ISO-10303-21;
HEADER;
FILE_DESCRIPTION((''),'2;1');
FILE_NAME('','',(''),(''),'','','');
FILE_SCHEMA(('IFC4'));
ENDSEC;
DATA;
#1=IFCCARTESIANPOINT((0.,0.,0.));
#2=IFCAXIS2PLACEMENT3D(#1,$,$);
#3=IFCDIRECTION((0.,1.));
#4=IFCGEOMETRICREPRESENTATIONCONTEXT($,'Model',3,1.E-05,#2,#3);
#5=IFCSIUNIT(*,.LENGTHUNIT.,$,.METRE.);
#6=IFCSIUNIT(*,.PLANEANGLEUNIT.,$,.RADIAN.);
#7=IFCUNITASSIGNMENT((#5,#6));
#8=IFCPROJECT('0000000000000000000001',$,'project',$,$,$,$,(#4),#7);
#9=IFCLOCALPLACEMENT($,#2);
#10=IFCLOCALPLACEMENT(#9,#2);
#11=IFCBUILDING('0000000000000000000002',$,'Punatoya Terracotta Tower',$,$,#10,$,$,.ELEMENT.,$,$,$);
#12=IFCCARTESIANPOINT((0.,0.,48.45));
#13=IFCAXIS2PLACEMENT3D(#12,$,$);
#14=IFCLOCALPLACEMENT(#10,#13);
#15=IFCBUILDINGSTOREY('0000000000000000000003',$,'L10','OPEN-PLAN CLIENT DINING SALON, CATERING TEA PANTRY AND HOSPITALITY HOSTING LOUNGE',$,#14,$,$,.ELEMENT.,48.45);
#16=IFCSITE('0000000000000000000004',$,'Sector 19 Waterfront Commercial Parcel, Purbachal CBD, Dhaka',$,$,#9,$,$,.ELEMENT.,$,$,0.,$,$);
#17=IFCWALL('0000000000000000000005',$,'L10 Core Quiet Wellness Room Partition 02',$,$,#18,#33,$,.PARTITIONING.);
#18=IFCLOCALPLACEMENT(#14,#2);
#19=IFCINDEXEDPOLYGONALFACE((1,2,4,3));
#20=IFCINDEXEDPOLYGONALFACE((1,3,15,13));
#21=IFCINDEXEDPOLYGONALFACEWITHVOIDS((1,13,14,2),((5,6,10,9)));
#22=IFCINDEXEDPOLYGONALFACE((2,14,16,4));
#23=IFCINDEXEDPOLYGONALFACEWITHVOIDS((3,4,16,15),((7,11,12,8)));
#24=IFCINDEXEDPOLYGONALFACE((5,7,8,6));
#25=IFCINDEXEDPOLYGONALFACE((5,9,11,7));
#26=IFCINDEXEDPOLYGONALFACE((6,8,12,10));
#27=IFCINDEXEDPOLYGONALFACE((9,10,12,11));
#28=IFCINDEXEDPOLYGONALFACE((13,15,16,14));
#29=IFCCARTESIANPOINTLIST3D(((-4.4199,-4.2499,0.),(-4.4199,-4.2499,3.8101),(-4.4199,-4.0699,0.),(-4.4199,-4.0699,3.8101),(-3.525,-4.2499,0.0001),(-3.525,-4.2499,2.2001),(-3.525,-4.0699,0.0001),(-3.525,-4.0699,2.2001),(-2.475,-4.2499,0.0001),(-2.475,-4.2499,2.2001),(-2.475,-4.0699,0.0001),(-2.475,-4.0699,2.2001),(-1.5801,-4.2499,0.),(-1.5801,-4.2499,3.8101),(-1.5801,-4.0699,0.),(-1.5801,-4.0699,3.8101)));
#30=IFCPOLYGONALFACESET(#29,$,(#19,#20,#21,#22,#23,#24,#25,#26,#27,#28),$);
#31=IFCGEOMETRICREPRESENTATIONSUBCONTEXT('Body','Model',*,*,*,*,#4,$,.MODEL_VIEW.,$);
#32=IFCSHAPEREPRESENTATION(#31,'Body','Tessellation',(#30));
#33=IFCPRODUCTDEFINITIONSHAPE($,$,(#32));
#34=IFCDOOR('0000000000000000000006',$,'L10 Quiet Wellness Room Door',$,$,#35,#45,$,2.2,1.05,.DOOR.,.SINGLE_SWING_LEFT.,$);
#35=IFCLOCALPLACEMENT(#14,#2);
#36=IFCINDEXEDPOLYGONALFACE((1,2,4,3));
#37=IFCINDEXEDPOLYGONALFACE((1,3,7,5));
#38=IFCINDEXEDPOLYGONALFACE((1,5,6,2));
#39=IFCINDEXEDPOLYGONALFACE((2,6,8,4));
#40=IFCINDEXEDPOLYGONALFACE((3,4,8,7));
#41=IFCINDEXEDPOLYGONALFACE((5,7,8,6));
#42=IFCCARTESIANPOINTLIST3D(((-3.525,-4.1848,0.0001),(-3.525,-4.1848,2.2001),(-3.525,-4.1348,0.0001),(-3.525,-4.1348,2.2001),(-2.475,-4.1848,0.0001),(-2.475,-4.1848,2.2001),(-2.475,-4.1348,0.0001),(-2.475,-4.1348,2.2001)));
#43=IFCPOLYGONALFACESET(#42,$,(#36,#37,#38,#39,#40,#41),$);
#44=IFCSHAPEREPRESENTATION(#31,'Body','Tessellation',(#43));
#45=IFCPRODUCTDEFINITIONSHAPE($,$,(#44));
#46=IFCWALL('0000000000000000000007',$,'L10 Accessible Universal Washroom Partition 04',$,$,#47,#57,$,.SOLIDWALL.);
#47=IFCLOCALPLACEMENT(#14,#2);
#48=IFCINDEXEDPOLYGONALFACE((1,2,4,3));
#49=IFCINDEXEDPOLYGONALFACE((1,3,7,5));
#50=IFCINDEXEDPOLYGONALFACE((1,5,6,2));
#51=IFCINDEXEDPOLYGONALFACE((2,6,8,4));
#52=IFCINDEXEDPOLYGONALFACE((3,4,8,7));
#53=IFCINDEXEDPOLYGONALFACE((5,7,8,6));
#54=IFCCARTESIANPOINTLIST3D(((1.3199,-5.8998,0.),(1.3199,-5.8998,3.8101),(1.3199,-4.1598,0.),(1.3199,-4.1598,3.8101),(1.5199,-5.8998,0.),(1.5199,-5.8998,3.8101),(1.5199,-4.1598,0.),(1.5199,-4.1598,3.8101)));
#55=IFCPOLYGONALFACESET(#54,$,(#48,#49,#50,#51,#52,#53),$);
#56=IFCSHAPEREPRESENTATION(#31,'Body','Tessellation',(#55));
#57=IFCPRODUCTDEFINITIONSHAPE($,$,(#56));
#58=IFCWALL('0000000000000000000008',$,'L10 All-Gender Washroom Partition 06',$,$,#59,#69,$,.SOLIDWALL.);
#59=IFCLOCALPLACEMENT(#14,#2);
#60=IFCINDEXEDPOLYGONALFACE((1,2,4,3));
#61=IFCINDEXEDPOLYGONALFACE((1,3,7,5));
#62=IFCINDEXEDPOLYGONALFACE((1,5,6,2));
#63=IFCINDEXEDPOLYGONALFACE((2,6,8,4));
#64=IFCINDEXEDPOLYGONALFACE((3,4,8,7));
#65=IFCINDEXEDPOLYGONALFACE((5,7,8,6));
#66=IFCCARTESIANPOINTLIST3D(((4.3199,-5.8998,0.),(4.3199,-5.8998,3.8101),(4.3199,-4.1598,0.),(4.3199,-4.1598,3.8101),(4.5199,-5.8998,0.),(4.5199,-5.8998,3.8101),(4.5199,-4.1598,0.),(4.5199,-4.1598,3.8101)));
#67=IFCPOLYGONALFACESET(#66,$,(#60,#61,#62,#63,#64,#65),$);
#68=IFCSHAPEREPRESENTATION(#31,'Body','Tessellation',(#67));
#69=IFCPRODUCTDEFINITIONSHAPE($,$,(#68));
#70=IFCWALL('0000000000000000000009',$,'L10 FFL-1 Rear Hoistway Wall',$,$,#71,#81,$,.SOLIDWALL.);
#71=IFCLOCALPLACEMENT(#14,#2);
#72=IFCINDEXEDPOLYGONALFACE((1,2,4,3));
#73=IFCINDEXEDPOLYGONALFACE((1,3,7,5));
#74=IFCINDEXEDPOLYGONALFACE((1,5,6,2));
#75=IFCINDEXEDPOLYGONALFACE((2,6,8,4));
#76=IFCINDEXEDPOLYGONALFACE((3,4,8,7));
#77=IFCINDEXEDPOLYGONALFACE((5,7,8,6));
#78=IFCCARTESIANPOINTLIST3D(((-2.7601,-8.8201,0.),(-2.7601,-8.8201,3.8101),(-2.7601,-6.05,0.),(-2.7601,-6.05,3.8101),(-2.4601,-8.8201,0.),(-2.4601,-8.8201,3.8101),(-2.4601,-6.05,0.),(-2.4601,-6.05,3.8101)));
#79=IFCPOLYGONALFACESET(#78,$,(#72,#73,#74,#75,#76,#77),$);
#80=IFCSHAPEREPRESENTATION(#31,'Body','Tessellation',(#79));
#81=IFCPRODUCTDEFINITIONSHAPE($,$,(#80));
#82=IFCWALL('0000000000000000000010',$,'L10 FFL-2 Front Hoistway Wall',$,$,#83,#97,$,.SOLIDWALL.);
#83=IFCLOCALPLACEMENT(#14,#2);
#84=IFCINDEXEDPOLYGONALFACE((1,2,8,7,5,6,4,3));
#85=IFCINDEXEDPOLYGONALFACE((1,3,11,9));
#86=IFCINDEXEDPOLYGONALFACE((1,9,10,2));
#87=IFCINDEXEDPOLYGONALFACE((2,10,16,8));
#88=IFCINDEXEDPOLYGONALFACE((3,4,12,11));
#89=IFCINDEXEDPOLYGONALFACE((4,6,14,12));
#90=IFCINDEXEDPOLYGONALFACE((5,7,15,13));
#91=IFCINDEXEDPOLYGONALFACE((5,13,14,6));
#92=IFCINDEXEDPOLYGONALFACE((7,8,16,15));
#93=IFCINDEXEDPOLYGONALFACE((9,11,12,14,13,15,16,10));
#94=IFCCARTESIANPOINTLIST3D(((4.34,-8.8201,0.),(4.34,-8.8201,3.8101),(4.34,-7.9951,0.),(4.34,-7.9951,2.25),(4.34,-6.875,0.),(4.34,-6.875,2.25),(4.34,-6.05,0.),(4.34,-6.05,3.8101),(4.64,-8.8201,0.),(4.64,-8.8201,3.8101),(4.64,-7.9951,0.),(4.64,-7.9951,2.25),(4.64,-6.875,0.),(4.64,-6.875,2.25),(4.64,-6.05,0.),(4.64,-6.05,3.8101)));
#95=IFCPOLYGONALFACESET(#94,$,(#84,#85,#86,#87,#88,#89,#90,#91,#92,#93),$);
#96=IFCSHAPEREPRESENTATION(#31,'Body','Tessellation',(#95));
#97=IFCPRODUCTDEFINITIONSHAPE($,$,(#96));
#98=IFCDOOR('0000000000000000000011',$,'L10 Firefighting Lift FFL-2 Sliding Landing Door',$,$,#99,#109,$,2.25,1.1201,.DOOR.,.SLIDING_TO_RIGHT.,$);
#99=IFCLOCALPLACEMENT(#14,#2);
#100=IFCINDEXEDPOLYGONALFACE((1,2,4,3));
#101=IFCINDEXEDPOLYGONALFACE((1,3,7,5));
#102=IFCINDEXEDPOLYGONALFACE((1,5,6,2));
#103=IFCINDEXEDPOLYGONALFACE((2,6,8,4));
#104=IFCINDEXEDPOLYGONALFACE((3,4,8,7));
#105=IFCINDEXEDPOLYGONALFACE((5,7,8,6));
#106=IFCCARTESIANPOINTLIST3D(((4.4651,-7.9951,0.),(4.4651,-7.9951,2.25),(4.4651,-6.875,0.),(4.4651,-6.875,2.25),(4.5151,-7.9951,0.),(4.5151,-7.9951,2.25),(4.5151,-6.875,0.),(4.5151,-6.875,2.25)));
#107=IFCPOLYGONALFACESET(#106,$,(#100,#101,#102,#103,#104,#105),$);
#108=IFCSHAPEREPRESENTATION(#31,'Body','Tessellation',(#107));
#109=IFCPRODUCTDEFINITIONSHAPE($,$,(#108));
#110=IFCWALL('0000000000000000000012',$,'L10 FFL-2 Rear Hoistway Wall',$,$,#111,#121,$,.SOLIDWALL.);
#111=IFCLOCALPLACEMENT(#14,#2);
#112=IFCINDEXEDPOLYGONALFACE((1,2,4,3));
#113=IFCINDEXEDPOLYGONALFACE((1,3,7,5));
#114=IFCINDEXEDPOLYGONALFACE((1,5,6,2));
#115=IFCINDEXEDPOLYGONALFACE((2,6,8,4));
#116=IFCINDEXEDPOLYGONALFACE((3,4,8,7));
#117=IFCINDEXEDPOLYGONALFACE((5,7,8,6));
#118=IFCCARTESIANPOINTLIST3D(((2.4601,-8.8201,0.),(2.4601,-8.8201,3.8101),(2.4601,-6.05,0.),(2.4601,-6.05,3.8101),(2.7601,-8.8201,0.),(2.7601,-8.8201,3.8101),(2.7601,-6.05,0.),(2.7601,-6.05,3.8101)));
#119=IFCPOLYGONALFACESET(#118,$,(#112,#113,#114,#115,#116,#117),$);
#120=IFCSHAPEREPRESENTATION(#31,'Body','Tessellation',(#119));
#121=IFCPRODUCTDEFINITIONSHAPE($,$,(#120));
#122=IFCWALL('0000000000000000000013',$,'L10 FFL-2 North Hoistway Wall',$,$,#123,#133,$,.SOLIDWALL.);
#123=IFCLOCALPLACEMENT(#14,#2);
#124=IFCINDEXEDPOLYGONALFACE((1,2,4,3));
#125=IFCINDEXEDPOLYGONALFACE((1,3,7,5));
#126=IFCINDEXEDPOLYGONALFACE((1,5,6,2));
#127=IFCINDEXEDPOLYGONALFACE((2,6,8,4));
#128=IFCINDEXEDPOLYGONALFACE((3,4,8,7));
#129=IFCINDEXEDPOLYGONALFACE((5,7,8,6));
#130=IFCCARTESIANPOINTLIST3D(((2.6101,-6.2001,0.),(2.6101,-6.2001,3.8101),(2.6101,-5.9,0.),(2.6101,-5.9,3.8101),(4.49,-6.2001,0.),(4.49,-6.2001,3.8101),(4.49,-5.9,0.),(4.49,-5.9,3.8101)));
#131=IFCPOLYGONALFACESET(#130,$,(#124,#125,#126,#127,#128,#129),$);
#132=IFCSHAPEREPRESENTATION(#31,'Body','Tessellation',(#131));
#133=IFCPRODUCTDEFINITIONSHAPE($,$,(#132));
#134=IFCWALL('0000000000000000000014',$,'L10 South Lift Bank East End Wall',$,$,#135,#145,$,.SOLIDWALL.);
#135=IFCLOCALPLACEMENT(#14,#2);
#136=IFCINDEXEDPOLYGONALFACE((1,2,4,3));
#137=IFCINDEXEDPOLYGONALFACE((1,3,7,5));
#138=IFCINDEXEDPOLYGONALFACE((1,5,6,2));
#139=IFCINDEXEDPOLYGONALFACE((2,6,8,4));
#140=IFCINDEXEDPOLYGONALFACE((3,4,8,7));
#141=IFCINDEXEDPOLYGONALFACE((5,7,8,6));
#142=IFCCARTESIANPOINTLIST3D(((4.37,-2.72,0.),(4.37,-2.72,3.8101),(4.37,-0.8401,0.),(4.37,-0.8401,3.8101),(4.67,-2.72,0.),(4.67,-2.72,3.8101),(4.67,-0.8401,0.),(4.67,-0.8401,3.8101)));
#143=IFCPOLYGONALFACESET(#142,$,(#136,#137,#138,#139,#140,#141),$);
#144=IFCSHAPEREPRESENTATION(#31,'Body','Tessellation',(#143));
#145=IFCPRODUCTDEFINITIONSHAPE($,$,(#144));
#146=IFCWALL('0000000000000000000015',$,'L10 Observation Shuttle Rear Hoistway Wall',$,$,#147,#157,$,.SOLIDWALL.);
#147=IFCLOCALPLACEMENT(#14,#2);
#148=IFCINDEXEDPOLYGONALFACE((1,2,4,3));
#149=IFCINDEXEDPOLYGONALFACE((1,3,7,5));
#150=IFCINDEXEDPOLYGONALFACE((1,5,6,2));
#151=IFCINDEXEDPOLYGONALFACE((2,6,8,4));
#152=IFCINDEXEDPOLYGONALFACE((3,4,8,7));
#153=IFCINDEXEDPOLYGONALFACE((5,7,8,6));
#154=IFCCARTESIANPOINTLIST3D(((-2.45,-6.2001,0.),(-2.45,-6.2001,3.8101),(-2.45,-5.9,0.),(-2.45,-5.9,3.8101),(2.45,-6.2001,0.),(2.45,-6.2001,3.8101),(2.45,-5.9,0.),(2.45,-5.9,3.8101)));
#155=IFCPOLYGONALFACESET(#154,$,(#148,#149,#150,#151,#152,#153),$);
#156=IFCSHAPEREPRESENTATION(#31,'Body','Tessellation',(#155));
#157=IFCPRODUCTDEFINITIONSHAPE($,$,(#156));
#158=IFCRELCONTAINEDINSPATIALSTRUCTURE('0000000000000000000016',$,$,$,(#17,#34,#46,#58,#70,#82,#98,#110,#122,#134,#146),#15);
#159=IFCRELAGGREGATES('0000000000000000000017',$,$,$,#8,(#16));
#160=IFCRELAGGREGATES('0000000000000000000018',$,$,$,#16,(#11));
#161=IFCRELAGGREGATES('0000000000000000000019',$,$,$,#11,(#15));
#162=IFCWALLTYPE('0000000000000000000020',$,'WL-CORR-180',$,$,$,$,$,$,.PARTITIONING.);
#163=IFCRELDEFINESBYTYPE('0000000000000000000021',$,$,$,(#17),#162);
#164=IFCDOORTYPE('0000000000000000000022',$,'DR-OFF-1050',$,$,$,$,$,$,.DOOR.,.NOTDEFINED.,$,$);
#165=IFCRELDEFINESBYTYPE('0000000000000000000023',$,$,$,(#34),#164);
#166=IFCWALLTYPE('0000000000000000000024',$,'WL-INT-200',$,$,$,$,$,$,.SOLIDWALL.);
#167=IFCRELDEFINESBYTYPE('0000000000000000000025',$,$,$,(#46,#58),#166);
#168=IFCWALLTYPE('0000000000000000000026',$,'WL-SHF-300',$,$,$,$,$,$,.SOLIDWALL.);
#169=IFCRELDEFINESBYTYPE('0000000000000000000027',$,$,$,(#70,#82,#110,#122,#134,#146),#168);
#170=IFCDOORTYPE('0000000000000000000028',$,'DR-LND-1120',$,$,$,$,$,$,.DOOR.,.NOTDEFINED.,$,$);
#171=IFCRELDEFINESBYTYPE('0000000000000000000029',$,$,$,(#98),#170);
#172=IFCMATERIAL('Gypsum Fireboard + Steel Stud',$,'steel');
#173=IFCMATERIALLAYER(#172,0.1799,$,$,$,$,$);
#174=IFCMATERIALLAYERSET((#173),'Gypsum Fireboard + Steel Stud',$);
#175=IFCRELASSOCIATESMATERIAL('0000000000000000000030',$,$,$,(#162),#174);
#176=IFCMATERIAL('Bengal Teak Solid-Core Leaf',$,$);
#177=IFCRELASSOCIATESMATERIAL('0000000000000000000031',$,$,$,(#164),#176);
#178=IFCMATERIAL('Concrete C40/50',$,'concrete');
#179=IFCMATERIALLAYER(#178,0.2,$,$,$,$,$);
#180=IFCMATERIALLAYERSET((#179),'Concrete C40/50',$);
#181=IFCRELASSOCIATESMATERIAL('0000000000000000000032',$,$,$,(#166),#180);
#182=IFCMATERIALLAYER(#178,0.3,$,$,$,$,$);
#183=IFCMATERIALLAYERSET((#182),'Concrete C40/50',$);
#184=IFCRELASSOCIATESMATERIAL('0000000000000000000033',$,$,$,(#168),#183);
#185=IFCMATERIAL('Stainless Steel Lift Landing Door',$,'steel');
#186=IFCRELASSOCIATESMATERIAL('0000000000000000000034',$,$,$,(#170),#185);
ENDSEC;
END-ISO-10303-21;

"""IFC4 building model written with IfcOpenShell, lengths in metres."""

from ifc_helpers import new_model, si_unit, direction, frame, frame_2d, origin, place, context, subcontext, project, spatial, rectangle, extrude, material, layer, layer_set, type_object, element, fill, save


model = new_model("IFC4")

# Units and contexts
model_context = context("Model", 3, precision=1e-05, world=origin(), true_north=direction((0.0, 1.0)))
body_context = subcontext(model_context, "Body", "Model", "MODEL_VIEW")
ifc_project = project(units=[si_unit("LENGTHUNIT", "METRE"), si_unit("PLANEANGLEUNIT", "RADIAN")], contexts=[model_context])

# Site, building, storey
site_placement = place(None, origin())
site = spatial("IfcSite", under=ifc_project, at=site_placement, Name="Sector 19 Waterfront Commercial Parcel, Purbachal CBD, Dhaka", CompositionType="ELEMENT", RefElevation=0.0)
building_placement = place(site_placement, origin())
building = spatial("IfcBuilding", under=site, at=building_placement, Name="Punatoya Terracotta Tower", CompositionType="ELEMENT")
storey_placement = place(building_placement, frame((0.0, 0.0, 48.45)))
storey = spatial("IfcBuildingStorey", under=building, at=storey_placement, Name="L10", Description="OPEN-PLAN CLIENT DINING SALON, CATERING TEA PANTRY AND HOSPITALITY HOSTING LOUNGE", CompositionType="ELEMENT", Elevation=48.45)

# Shared definitions
ifc_material_1 = material(Name="Concrete C40/50", Category="concrete")

# Shared definitions
ifc_material_2 = material(Name="Gypsum Fireboard + Steel Stud", Category="steel")
ifc_layer_1 = layer(ifc_material_2, 0.1799)
ifc_layer_set_1 = layer_set([ifc_layer_1], Name="Gypsum Fireboard + Steel Stud")
wall_type_1 = type_object("IfcWallType", Name="WL-CORR-180", PredefinedType="PARTITIONING", material=ifc_layer_set_1)

# Wall, opening, door
wall_1_placement = place(storey_placement, frame((-1.5801, -4.1599, 0.0), z_axis=(0.0, 0.0, 1.0), x_axis=(-1.0, 0.0, 0.0)))
wall_1 = element("IfcWall", 1, at=wall_1_placement, inside=storey, type_object=wall_type_1, Name="L10 Core Quiet Wellness Room Partition 02", PredefinedType="PARTITIONING", context=body_context, shape_type="SweptSolid", body=[
    extrude(rectangle(XDim=2.8398, YDim=0.1799, at=frame_2d((1.4199, 0.0))), origin(), (0.0, 0.0, 1.0), 3.8101),
])
opening_1_placement = place(wall_1_placement, frame((0.895, 0.0, 0.0)))
opening_1 = element("IfcOpeningElement", 2, at=opening_1_placement, cuts=wall_1, PredefinedType="OPENING", context=body_context, shape_type="SweptSolid", body=[
    extrude(rectangle(XDim=1.05, YDim=2.2, at=frame_2d((0.5249, 1.1001))), frame((0.0, 0.0999, 0.0), z_axis=(0.0, -1.0, 0.0), x_axis=(1.0, 0.0, 0.0)), (0.0, 0.0, 1.0), 0.2),
])
ifc_material_3 = material(Name="Bengal Teak Solid-Core Leaf")
door_type_1 = type_object("IfcDoorType", Name="DR-OFF-1050", OperationType="NOTDEFINED", PredefinedType="DOOR", material=ifc_material_3)
door_1_placement = place(opening_1_placement, origin())
door_1 = element("IfcDoor", 3, at=door_1_placement, inside=storey, type_object=door_type_1, Name="L10 Quiet Wellness Room Door", OperationType="SINGLE_SWING_LEFT", OverallHeight=2.2, OverallWidth=1.05, PredefinedType="DOOR", context=body_context, shape_type="SweptSolid", body=[
    extrude(rectangle(XDim=1.05, YDim=2.2, at=frame_2d((0.5249, 1.1001))), frame((0.0, 0.0249, 0.0), z_axis=(0.0, -1.0, 0.0), x_axis=(1.0, 0.0, 0.0)), (0.0, 0.0, 1.0), 0.05),
])
fill(opening_1, door_1)

# Wall
ifc_layer_2 = layer(ifc_material_1, 0.2)
ifc_layer_set_2 = layer_set([ifc_layer_2], Name="Concrete C40/50")
wall_type_2 = type_object("IfcWallType", Name="WL-INT-200", PredefinedType="SOLIDWALL", material=ifc_layer_set_2)
wall_2_placement = place(storey_placement, frame((1.4199, -5.8999, 0.0), z_axis=(0.0, 0.0, 1.0), x_axis=(0.0, 1.0, 0.0)))
element("IfcWall", 4, at=wall_2_placement, inside=storey, type_object=wall_type_2, Name="L10 Accessible Universal Washroom Partition 04", PredefinedType="SOLIDWALL", context=body_context, shape_type="SweptSolid", body=[
    extrude(rectangle(XDim=1.74, YDim=0.2, at=frame_2d((0.8701, 0.0))), origin(), (0.0, 0.0, 1.0), 3.8101),
])

# Wall
wall_3_placement = place(storey_placement, frame((4.4199, -5.8999, 0.0), z_axis=(0.0, 0.0, 1.0), x_axis=(0.0, 1.0, 0.0)))
element("IfcWall", 5, at=wall_3_placement, inside=storey, type_object=wall_type_2, Name="L10 All-Gender Washroom Partition 06", PredefinedType="SOLIDWALL", context=body_context, shape_type="SweptSolid", body=[
    extrude(rectangle(XDim=1.74, YDim=0.2, at=frame_2d((0.8701, 0.0))), origin(), (0.0, 0.0, 1.0), 3.8101),
])

# Wall
ifc_layer_3 = layer(ifc_material_1, 0.3)
ifc_layer_set_3 = layer_set([ifc_layer_3], Name="Concrete C40/50")
wall_type_3 = type_object("IfcWallType", Name="WL-SHF-300", PredefinedType="SOLIDWALL", material=ifc_layer_set_3)
wall_4_placement = place(storey_placement, frame((-2.6101, -8.8201, 0.0), z_axis=(0.0, 0.0, 1.0), x_axis=(0.0, 1.0, 0.0)))
element("IfcWall", 6, at=wall_4_placement, inside=storey, type_object=wall_type_3, Name="L10 FFL-1 Rear Hoistway Wall", PredefinedType="SOLIDWALL", context=body_context, shape_type="SweptSolid", body=[
    extrude(rectangle(XDim=2.77, YDim=0.3, at=frame_2d((1.385, 0.0))), origin(), (0.0, 0.0, 1.0), 3.8101),
])

# Wall, opening, door
wall_5_placement = place(storey_placement, frame((4.49, -8.8201, 0.0), z_axis=(0.0, 0.0, 1.0), x_axis=(0.0, 1.0, 0.0)))
wall_5 = element("IfcWall", 7, at=wall_5_placement, inside=storey, type_object=wall_type_3, Name="L10 FFL-2 Front Hoistway Wall", PredefinedType="SOLIDWALL", context=body_context, shape_type="SweptSolid", body=[
    extrude(rectangle(XDim=2.77, YDim=0.3, at=frame_2d((1.385, 0.0))), origin(), (0.0, 0.0, 1.0), 3.8101),
])
opening_2_placement = place(wall_5_placement, frame((0.825, 0.0, 0.0)))
opening_2 = element("IfcOpeningElement", 8, at=opening_2_placement, cuts=wall_5, PredefinedType="OPENING", context=body_context, shape_type="SweptSolid", body=[
    extrude(rectangle(XDim=1.1201, YDim=2.25, at=frame_2d((0.5601, 1.125))), frame((0.0, 0.1599, 0.0), z_axis=(0.0, -1.0, 0.0), x_axis=(1.0, 0.0, 0.0)), (0.0, 0.0, 1.0), 0.3201),
])
ifc_material_4 = material(Name="Stainless Steel Lift Landing Door", Category="steel")
door_type_2 = type_object("IfcDoorType", Name="DR-LND-1120", OperationType="NOTDEFINED", PredefinedType="DOOR", material=ifc_material_4)
door_2_placement = place(opening_2_placement, origin())
door_2 = element("IfcDoor", 9, at=door_2_placement, inside=storey, type_object=door_type_2, Name="L10 Firefighting Lift FFL-2 Sliding Landing Door", OperationType="SLIDING_TO_RIGHT", OverallHeight=2.25, OverallWidth=1.1201, PredefinedType="DOOR", context=body_context, shape_type="SweptSolid", body=[
    extrude(rectangle(XDim=1.1201, YDim=2.25, at=frame_2d((0.5601, 1.125))), frame((0.0, 0.0249, 0.0), z_axis=(0.0, -1.0, 0.0), x_axis=(1.0, 0.0, 0.0)), (0.0, 0.0, 1.0), 0.05),
])
fill(opening_2, door_2)

# Walls
wall_6_placement = place(storey_placement, frame((2.6101, -8.8201, 0.0), z_axis=(0.0, 0.0, 1.0), x_axis=(0.0, 1.0, 0.0)))
element("IfcWall", 10, at=wall_6_placement, inside=storey, type_object=wall_type_3, Name="L10 FFL-2 Rear Hoistway Wall", PredefinedType="SOLIDWALL", context=body_context, shape_type="SweptSolid", body=[
    extrude(rectangle(XDim=2.77, YDim=0.3, at=frame_2d((1.385, 0.0))), origin(), (0.0, 0.0, 1.0), 3.8101),
])
for number, where, z_axis, x_axis, name in (
    (11, (2.6101, -6.05, 0.0), (0.0, 0.0, 1.0), (1.0, 0.0, 0.0), "L10 FFL-2 North Hoistway Wall"),
    (12, (4.52, -2.72, 0.0), (0.0, 0.0, 1.0), (0.0, 1.0, 0.0), "L10 South Lift Bank East End Wall"),
):
    element("IfcWall", number, at=place(storey_placement, frame(where, z_axis=z_axis, x_axis=x_axis)), inside=storey, type_object=wall_type_3, Name=name, PredefinedType="SOLIDWALL", context=body_context, shape_type="SweptSolid", body=[
        extrude(rectangle(XDim=1.8799, YDim=0.3, at=frame_2d((0.9399, 0.0))), origin(), (0.0, 0.0, 1.0), 3.8101),
    ])
wall_7_placement = place(storey_placement, frame((-2.45, -6.05, 0.0), z_axis=(0.0, 0.0, 1.0), x_axis=(1.0, 0.0, 0.0)))
element("IfcWall", 13, at=wall_7_placement, inside=storey, type_object=wall_type_3, Name="L10 Observation Shuttle Rear Hoistway Wall", PredefinedType="SOLIDWALL", context=body_context, shape_type="SweptSolid", body=[
    extrude(rectangle(XDim=4.8999, YDim=0.3, at=frame_2d((2.45, 0.0))), origin(), (0.0, 0.0, 1.0), 3.8101),
])

save(model, "model.ifc")
